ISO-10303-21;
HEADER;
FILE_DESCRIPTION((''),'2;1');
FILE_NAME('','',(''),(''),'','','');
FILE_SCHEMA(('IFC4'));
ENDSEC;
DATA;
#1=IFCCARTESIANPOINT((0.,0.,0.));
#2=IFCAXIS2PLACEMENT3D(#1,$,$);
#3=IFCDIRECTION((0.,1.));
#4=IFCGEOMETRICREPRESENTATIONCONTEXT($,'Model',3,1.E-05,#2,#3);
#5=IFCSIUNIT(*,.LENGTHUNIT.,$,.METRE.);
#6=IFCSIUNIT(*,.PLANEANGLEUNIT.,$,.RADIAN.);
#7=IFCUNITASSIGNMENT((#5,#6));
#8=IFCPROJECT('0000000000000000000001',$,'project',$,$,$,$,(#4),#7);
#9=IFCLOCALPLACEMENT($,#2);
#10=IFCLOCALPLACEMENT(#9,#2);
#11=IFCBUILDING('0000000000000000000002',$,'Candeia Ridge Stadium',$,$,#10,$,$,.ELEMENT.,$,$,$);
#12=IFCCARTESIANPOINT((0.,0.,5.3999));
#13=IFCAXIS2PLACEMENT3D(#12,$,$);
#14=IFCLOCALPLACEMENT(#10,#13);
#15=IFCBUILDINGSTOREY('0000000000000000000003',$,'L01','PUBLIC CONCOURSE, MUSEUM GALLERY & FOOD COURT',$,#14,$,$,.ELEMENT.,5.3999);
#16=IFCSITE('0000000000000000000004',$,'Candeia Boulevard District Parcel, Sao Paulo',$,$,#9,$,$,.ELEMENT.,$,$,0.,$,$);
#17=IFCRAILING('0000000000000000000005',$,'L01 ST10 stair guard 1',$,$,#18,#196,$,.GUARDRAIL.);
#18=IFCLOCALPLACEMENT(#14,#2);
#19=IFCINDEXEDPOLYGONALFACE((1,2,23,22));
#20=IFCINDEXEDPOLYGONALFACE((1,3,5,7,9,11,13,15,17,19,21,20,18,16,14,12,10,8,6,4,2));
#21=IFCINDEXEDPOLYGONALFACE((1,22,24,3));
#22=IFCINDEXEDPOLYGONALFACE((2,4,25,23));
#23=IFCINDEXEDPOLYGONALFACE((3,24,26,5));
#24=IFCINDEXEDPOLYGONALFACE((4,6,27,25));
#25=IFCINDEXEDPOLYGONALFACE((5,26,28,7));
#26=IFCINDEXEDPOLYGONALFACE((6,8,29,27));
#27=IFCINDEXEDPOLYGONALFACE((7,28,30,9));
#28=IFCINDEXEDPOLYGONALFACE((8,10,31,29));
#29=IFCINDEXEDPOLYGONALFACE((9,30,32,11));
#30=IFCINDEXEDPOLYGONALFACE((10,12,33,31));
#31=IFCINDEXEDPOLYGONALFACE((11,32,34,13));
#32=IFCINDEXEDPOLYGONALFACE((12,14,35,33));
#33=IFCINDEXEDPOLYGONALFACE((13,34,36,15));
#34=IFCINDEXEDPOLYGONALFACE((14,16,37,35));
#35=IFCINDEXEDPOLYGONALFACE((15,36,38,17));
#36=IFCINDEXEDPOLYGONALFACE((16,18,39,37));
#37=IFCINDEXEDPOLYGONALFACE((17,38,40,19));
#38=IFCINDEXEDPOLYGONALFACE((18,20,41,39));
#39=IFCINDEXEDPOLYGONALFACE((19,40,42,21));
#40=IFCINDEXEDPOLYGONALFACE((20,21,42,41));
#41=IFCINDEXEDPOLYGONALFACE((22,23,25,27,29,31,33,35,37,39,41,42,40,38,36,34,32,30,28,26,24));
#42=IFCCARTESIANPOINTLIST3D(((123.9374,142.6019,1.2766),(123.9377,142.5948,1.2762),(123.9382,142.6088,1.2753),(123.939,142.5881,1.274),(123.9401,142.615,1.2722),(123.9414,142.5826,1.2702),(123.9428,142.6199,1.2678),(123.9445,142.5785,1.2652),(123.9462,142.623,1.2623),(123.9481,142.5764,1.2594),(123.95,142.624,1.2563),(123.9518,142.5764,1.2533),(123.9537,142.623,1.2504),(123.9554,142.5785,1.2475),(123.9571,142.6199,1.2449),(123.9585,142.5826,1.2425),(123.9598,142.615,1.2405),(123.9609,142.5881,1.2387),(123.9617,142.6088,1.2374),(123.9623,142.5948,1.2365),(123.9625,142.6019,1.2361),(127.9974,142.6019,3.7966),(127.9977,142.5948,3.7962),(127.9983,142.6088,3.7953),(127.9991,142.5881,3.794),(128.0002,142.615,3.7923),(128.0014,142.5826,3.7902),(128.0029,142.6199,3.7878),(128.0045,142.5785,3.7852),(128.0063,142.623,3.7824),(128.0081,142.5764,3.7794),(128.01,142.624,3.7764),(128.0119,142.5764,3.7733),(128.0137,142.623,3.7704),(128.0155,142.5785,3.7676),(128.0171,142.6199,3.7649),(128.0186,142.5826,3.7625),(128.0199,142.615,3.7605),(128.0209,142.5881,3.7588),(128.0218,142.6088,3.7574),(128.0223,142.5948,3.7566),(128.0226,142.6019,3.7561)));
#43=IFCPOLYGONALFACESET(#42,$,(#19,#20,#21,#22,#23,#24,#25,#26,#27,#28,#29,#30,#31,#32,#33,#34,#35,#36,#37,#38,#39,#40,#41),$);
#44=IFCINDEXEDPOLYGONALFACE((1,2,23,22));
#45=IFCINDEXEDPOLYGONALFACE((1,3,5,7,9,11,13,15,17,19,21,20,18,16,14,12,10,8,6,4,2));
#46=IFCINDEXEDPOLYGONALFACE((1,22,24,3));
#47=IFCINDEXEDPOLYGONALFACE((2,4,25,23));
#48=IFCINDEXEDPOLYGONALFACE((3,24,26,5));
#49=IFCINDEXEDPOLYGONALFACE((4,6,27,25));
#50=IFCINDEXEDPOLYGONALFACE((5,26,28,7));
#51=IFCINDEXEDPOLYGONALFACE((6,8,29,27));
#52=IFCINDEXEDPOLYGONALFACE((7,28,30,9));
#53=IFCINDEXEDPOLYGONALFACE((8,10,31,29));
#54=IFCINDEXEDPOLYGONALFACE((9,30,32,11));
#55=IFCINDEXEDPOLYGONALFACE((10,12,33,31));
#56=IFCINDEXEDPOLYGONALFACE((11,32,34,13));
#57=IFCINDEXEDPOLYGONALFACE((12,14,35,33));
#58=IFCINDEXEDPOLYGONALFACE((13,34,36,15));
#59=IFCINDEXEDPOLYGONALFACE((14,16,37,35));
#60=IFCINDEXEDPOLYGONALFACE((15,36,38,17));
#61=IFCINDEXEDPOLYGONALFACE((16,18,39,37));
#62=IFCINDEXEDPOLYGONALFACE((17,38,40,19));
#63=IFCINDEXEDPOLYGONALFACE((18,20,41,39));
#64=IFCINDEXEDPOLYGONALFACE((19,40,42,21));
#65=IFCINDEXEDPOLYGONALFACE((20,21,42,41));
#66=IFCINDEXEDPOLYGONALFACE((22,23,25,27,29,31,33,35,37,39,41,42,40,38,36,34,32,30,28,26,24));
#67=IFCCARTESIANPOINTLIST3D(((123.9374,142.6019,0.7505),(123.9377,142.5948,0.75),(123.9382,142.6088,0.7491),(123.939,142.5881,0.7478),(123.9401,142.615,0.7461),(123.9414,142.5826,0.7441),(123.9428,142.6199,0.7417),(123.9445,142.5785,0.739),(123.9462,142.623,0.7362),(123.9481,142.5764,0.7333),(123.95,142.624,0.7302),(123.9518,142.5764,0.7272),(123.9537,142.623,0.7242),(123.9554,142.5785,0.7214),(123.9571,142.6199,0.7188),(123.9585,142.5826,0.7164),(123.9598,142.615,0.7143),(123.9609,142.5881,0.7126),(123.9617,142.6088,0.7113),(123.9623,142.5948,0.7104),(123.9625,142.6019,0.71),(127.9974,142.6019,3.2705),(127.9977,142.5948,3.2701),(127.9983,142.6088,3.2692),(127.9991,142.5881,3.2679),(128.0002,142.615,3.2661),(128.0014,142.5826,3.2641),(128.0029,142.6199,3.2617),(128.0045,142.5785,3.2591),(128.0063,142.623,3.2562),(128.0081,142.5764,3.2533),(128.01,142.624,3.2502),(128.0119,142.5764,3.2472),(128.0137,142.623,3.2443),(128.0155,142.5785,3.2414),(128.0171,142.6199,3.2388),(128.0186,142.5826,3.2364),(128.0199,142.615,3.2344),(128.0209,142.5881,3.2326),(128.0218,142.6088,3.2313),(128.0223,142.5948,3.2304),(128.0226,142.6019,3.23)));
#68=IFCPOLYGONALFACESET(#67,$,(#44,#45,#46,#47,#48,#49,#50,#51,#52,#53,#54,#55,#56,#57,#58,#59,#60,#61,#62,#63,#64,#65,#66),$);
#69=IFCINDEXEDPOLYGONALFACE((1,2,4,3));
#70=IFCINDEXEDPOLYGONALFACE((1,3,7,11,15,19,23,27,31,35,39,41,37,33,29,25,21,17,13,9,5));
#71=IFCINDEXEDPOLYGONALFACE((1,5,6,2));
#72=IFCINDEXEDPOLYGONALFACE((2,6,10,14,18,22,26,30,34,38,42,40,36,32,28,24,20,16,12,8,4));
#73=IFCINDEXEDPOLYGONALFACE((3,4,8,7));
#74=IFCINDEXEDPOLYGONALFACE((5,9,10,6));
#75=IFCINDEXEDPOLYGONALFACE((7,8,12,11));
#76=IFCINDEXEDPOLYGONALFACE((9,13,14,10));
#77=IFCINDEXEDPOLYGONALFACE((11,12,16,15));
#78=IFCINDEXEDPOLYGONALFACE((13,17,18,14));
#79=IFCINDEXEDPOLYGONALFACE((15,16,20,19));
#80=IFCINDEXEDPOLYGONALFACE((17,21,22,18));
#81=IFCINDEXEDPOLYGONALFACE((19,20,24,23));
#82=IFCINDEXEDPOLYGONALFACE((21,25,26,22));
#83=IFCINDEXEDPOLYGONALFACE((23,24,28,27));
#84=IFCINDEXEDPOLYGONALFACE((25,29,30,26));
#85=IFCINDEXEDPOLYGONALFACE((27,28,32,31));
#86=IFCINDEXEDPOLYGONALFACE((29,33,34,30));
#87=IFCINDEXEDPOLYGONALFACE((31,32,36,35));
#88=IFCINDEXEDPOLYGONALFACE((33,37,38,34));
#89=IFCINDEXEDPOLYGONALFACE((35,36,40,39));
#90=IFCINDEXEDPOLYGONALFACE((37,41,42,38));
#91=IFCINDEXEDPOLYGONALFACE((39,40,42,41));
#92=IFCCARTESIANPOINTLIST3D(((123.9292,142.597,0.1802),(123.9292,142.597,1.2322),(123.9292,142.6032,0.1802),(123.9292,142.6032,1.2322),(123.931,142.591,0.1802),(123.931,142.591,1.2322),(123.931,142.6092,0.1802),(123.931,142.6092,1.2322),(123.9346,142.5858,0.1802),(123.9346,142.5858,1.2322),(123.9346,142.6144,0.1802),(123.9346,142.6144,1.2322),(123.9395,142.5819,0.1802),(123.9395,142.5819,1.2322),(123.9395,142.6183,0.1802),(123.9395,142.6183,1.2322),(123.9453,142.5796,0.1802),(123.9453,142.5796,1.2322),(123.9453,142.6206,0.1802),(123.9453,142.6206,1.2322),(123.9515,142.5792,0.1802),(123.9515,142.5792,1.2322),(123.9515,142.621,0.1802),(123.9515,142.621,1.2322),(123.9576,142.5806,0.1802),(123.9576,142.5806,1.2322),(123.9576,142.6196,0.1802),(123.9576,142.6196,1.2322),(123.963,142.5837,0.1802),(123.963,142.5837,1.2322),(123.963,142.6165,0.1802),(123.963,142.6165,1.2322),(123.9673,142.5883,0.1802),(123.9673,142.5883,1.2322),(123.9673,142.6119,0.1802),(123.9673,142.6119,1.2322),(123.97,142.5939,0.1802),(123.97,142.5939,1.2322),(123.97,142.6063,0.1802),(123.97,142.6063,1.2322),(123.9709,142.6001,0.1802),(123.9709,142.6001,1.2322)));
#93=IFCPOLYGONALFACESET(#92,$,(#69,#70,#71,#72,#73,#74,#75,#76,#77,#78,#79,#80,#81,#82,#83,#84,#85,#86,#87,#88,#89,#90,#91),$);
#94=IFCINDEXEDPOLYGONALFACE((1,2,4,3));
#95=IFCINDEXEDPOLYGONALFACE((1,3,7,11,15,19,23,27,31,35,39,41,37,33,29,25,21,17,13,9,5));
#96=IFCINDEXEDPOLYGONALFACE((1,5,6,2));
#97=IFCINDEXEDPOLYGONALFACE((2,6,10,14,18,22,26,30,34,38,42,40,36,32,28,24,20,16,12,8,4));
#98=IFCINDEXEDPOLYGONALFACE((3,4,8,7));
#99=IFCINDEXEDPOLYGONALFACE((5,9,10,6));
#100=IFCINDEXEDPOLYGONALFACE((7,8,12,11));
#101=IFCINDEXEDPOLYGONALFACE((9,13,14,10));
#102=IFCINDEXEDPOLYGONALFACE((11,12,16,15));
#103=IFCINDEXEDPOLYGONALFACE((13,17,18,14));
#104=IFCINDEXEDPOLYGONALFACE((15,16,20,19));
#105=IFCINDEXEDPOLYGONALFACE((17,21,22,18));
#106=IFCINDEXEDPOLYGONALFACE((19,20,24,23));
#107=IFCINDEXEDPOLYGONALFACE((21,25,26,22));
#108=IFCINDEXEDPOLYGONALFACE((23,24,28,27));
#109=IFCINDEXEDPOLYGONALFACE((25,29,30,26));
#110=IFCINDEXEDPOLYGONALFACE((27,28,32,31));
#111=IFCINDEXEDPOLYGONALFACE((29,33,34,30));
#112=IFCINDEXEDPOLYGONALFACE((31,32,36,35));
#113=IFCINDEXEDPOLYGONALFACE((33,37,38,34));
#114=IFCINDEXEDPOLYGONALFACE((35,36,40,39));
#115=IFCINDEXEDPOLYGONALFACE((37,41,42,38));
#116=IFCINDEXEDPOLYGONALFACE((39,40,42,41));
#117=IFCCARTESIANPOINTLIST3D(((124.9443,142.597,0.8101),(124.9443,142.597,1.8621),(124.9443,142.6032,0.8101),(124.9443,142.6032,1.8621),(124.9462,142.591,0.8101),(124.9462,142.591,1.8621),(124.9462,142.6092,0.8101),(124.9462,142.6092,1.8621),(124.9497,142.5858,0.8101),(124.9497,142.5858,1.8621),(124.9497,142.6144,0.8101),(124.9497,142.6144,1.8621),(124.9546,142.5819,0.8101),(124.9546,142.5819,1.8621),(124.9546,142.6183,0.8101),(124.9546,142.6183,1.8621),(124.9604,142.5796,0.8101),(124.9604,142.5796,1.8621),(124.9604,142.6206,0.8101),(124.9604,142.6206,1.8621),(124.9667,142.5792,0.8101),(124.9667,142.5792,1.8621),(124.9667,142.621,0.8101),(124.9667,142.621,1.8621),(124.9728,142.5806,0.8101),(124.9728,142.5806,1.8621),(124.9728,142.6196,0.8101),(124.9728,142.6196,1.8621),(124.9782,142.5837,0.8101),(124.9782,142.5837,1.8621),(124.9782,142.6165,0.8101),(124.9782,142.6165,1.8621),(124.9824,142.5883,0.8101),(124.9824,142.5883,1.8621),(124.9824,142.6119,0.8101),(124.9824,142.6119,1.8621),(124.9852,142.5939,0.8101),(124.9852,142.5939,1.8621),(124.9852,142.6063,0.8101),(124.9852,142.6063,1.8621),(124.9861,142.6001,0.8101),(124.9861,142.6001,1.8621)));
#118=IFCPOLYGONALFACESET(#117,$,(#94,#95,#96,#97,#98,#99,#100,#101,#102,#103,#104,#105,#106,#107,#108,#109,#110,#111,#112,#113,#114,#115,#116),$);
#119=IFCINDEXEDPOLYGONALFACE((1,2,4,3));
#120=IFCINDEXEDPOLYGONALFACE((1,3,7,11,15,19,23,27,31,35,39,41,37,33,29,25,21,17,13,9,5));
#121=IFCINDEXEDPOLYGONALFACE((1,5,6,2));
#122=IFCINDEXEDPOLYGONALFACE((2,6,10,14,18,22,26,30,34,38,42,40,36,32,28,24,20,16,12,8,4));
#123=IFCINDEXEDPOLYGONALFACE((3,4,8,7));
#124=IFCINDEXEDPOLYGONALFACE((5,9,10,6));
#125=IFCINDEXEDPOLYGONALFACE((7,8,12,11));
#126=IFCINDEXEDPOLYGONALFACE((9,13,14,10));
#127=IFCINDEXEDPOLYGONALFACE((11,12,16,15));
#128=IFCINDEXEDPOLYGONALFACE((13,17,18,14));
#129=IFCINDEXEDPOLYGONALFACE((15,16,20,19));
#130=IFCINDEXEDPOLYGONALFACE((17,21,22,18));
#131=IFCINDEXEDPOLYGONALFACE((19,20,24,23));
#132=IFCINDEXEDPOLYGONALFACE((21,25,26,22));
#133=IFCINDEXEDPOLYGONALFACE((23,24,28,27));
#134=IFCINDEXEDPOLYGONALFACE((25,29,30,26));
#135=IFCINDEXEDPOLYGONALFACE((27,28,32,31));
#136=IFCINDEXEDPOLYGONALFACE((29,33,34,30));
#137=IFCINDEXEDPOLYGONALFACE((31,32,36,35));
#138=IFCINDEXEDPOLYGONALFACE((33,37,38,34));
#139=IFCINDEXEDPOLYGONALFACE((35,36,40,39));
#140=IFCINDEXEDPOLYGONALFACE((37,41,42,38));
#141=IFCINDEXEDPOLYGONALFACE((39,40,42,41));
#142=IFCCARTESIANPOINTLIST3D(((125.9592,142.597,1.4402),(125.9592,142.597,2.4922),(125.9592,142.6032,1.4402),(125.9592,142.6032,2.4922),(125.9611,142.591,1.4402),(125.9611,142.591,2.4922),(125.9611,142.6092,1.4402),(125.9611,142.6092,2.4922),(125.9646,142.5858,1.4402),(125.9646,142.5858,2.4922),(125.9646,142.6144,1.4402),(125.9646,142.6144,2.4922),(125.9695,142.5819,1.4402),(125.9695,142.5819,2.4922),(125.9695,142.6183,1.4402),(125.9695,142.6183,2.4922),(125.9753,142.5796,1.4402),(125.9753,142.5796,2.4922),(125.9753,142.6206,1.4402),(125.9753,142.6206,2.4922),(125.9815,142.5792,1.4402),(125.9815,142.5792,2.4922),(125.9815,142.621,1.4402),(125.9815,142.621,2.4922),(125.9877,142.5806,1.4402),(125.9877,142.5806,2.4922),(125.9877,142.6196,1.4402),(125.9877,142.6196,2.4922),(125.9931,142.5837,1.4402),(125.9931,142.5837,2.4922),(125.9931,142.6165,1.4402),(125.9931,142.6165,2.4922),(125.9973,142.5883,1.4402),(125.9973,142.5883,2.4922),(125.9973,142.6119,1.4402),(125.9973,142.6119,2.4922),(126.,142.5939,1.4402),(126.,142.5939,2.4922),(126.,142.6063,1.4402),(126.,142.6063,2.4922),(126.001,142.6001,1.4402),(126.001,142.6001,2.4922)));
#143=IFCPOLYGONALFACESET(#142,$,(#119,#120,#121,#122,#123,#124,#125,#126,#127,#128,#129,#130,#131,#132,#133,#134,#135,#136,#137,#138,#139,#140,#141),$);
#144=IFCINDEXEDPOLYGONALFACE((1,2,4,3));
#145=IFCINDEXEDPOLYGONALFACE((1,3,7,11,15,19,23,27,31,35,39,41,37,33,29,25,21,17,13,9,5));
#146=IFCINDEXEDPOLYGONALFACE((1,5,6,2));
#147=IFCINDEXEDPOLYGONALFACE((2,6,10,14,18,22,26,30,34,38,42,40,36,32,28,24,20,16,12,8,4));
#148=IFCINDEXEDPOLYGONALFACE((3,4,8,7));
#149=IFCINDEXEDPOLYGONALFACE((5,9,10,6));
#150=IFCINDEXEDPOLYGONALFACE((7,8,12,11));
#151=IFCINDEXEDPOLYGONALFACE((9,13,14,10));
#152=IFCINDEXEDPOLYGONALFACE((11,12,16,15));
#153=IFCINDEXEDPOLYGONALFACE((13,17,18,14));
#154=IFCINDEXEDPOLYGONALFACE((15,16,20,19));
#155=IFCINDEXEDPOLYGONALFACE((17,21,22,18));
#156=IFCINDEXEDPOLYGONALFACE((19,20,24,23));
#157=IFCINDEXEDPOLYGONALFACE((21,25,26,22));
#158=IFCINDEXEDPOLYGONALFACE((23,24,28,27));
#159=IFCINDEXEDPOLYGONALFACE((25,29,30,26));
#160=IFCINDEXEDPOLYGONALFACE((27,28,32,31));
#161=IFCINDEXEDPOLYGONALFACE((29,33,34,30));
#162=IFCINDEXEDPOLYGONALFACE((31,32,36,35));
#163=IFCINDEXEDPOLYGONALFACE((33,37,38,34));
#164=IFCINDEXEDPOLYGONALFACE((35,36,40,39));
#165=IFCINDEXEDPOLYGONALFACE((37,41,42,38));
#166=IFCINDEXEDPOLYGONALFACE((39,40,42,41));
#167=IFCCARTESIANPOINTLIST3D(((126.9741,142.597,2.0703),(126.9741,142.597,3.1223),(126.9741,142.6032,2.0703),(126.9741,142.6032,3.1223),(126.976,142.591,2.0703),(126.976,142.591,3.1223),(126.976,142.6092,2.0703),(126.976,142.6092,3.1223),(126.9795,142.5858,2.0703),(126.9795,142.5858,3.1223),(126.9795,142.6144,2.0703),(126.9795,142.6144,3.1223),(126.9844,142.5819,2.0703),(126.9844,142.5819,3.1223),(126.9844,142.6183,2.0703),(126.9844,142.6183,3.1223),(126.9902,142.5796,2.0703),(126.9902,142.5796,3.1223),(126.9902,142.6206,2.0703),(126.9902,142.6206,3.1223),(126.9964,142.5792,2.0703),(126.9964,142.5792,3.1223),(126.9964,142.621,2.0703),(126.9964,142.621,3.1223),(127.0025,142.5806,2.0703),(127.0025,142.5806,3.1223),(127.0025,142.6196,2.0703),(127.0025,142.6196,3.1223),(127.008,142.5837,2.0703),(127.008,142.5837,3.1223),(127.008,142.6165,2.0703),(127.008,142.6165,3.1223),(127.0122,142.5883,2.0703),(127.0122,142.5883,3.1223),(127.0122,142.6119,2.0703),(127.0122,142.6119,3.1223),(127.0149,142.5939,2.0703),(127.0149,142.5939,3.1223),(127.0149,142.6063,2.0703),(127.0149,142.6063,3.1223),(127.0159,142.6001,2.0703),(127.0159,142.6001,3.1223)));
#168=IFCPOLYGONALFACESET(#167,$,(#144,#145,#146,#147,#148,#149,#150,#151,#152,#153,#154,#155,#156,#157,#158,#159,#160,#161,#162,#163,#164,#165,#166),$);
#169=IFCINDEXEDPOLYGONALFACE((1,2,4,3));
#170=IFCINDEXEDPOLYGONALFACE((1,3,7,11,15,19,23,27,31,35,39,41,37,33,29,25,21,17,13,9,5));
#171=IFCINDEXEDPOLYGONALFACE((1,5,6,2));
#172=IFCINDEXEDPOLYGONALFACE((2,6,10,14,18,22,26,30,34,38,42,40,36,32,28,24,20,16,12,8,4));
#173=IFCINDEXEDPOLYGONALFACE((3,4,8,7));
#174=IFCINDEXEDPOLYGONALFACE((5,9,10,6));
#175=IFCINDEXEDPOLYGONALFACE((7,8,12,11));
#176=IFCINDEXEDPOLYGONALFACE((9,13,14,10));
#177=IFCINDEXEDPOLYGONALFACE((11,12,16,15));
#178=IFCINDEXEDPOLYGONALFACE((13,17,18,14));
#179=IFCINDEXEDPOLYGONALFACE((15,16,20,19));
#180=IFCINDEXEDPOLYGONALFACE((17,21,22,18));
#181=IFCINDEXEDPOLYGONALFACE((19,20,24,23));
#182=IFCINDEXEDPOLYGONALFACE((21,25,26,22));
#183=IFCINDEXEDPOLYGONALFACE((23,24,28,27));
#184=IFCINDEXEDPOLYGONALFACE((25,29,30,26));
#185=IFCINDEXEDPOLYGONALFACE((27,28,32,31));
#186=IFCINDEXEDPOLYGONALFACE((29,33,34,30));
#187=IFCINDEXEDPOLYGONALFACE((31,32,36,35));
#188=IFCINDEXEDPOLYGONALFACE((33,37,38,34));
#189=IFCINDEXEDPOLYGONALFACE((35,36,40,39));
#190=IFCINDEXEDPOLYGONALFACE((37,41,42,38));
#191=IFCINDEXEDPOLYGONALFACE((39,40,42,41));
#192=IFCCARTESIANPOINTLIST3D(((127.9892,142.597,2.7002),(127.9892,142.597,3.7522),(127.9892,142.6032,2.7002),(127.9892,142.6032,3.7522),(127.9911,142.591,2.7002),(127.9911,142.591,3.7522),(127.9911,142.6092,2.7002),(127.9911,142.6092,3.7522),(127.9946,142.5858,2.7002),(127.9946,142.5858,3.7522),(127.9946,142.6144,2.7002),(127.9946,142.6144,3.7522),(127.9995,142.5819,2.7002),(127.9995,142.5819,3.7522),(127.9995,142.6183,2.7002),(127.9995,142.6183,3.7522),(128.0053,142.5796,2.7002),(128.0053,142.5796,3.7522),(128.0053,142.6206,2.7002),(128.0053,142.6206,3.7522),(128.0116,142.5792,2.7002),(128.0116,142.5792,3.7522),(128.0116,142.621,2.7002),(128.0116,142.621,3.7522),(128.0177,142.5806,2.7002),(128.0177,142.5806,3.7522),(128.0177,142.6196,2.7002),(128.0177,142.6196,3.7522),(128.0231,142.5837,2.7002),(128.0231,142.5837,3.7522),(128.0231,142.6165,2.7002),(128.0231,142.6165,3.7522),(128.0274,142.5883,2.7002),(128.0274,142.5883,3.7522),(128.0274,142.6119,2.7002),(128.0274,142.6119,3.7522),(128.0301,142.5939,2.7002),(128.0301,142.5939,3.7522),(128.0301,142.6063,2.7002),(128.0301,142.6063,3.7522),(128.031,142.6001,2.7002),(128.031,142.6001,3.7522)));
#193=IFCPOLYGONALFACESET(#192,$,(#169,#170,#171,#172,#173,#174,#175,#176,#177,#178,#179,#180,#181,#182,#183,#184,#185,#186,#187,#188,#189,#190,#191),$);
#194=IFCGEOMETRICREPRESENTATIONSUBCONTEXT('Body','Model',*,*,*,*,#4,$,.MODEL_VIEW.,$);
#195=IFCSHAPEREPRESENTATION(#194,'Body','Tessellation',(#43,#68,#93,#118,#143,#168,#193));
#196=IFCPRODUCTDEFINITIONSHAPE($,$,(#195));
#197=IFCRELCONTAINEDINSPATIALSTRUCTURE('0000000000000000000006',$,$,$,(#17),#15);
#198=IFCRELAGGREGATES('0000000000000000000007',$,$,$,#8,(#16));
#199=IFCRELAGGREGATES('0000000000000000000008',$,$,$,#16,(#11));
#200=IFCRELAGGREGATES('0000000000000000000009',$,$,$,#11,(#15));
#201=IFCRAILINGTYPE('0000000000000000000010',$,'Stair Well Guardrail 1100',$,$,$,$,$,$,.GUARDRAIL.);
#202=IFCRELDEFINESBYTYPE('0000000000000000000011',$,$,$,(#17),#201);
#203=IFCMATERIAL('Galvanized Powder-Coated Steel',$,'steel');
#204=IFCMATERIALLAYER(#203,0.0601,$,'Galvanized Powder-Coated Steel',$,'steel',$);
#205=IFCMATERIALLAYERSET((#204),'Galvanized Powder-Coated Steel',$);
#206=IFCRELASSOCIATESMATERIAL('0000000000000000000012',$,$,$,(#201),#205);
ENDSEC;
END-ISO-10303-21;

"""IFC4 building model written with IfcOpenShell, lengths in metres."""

from ifc_helpers import new_model, si_unit, direction, frame, origin, origin_2d, place, context, subcontext, project, spatial, circle, extrude, material, layer, layer_set, type_object, element, save


model = new_model("IFC4")

# Units and contexts
model_context = context("Model", 3, precision=1e-05, world=origin(), true_north=direction((0.0, 1.0)))
body_context = subcontext(model_context, "Body", "Model", "MODEL_VIEW")
ifc_project = project(units=[si_unit("LENGTHUNIT", "METRE"), si_unit("PLANEANGLEUNIT", "RADIAN")], contexts=[model_context])

# Site, building, storey
site_placement = place(None, origin())
site = spatial("IfcSite", under=ifc_project, at=site_placement, Name="Candeia Boulevard District Parcel, Sao Paulo", CompositionType="ELEMENT", RefElevation=0.0)
building_placement = place(site_placement, origin())
building = spatial("IfcBuilding", under=site, at=building_placement, Name="Candeia Ridge Stadium", CompositionType="ELEMENT")
storey_placement = place(building_placement, frame((0.0, 0.0, 5.3999)))
storey = spatial("IfcBuildingStorey", under=building, at=storey_placement, Name="L01", Description="PUBLIC CONCOURSE, MUSEUM GALLERY & FOOD COURT", CompositionType="ELEMENT", Elevation=5.3999)

# Railing
ifc_material_1 = material(Name="Galvanized Powder-Coated Steel", Category="steel")
ifc_layer_1 = layer(ifc_material_1, 0.0601, Name="Galvanized Powder-Coated Steel", Category="steel")
ifc_layer_set_1 = layer_set([ifc_layer_1], Name="Galvanized Powder-Coated Steel")
railing_type_1 = type_object("IfcRailingType", Name="Stair Well Guardrail 1100", PredefinedType="GUARDRAIL", material=ifc_layer_set_1)
railing_1_placement = place(storey_placement, frame((123.95, 142.6001, 0.1802)))
element("IfcRailing", 1, at=railing_1_placement, inside=storey, type_object=railing_type_1, Name="L01 ST10 stair guard 1", PredefinedType="GUARDRAIL", context=body_context, shape_type="SweptSolid", body=[
    extrude(circle(Radius=0.0239, at=origin_2d()), frame((0.0, 0.0, 1.0762), z_axis=(0.849642, 0.0, 0.52736), x_axis=(0.0, 1.0, 0.0)), (0.0, 0.0, 1.0), 4.7786),
    extrude(circle(Radius=0.0239, at=origin_2d()), frame((0.0, 0.0, 0.55), z_axis=(0.849642, 0.0, 0.52736), x_axis=(0.0, 1.0, 0.0)), (0.0, 0.0, 1.0), 4.7786),
    extrude(circle(Radius=0.021, at=origin_2d()), origin(), (0.0, 0.0, 1.0), 1.052),
    extrude(circle(Radius=0.021, at=origin_2d()), frame((1.0151, 0.0, 0.6299)), (0.0, 0.0, 1.0), 1.052),
    extrude(circle(Radius=0.021, at=origin_2d()), frame((2.03, 0.0, 1.26)), (0.0, 0.0, 1.0), 1.052),
    extrude(circle(Radius=0.021, at=origin_2d()), frame((3.0449, 0.0, 1.8901)), (0.0, 0.0, 1.0), 1.052),
    extrude(circle(Radius=0.021, at=origin_2d()), frame((4.0601, 0.0, 2.52)), (0.0, 0.0, 1.0), 1.052),
])

save(model, "model.ifc")
